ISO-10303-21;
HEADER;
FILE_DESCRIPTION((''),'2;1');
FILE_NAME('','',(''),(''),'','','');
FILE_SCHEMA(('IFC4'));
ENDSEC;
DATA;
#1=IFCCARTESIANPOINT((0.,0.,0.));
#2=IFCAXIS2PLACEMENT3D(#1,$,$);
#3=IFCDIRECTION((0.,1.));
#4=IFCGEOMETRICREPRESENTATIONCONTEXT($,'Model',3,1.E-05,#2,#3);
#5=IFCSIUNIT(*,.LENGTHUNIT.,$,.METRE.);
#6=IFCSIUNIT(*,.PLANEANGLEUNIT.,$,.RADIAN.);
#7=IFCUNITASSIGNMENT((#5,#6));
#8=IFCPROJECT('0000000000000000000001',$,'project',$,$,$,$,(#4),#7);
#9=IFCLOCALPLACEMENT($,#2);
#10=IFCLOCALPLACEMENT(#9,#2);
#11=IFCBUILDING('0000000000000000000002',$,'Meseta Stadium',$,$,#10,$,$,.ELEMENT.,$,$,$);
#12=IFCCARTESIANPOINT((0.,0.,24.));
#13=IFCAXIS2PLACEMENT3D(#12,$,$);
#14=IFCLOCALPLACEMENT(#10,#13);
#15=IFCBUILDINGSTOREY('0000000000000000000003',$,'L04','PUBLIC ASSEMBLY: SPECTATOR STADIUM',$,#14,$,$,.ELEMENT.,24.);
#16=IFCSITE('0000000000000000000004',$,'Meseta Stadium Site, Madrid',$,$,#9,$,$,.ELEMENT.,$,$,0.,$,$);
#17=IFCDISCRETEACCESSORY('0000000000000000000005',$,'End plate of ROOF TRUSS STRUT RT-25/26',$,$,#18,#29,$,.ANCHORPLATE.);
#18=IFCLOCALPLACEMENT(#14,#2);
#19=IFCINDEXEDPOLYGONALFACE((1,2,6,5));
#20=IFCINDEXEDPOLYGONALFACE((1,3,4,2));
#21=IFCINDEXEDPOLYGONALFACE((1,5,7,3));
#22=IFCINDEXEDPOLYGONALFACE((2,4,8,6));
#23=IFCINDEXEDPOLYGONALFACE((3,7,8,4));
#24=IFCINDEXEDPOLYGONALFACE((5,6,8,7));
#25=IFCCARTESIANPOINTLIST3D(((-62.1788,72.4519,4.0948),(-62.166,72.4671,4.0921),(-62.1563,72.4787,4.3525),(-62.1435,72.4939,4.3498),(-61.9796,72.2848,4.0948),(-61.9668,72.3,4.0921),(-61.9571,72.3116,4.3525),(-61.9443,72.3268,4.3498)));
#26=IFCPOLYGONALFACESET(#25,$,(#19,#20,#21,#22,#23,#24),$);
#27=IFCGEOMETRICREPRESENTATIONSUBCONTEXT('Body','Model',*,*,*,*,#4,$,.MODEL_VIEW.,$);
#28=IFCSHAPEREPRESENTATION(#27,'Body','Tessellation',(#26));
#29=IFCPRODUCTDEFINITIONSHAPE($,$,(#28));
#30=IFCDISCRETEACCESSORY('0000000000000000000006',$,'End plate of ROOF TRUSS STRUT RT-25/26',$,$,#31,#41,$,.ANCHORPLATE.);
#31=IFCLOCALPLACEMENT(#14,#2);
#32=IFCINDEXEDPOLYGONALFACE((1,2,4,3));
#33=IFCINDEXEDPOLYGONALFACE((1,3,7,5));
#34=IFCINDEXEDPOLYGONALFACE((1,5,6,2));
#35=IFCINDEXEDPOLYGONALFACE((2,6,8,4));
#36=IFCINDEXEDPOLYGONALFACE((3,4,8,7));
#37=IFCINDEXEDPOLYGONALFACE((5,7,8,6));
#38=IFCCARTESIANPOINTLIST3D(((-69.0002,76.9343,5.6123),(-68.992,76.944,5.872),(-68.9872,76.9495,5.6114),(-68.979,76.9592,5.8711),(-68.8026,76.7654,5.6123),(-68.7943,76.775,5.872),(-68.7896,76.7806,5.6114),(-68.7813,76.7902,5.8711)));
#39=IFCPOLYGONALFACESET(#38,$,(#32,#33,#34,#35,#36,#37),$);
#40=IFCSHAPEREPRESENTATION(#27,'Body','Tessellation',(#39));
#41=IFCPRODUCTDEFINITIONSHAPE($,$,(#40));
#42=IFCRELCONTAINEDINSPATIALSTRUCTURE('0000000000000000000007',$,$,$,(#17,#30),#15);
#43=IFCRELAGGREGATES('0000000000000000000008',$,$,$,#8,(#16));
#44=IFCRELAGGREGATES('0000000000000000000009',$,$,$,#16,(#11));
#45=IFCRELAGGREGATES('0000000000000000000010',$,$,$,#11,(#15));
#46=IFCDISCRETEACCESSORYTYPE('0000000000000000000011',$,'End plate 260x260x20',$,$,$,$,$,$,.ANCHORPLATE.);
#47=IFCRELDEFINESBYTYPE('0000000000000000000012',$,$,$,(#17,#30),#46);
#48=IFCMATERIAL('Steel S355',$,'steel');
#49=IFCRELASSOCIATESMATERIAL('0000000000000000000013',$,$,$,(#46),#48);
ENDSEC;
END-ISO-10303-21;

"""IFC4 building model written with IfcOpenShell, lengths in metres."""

from ifc_helpers import new_model, si_unit, direction, frame, origin, origin_2d, place, context, subcontext, project, spatial, rectangle, extrude, material, material_profile, profile_set, type_object, element, save


model = new_model("IFC4")

# Units and contexts
model_context = context("Model", 3, precision=1e-05, world=origin(), true_north=direction((0.0, 1.0)))
body_context = subcontext(model_context, "Body", "Model", "MODEL_VIEW")
ifc_project = project(units=[si_unit("LENGTHUNIT", "METRE"), si_unit("PLANEANGLEUNIT", "RADIAN")], contexts=[model_context])

# Site, building, storey
site_placement = place(None, origin())
site = spatial("IfcSite", under=ifc_project, at=site_placement, Name="Meseta Stadium Site, Madrid", CompositionType="ELEMENT", RefElevation=0.0)
building_placement = place(site_placement, origin())
building = spatial("IfcBuilding", under=site, at=building_placement, Name="Meseta Stadium", CompositionType="ELEMENT")
storey_placement = place(building_placement, frame((0.0, 0.0, 24.0)))
storey = spatial("IfcBuildingStorey", under=building, at=storey_placement, Name="L04", Description="PUBLIC ASSEMBLY: SPECTATOR STADIUM", CompositionType="ELEMENT", Elevation=24.0)

# Discrete accessories
ifc_material_1 = material(Name="Steel S355", Category="steel")
ifc_material_profile_1 = material_profile(ifc_material_1, rectangle(XDim=0.26, YDim=0.26, at=origin_2d()), Name="PL 260x260")
ifc_profile_set_1 = profile_set([ifc_material_profile_1], Name="Steel S355")
discrete_accessory_type_1 = type_object("IfcDiscreteAccessoryType", Name="End plate 260x260x20", PredefinedType="ANCHORPLATE", material=ifc_profile_set_1)
for number, where, z_axis, x_axis, name in (
    (1, (-62.0552, 72.397, 4.2209), (-0.636756, -0.759209, 0.134698), (0.766192, -0.642612, 0.0), "End plate of ROOF TRUSS STRUT RT-25/26"),
    (2, (-68.8843, 76.8699, 5.7412), (-0.649001, -0.759209, 0.048981), (0.760121, -0.649781, 0.0), "End plate of ROOF TRUSS STRUT RT-25/26"),
):
    element("IfcDiscreteAccessory", number, at=place(storey_placement, frame(where, z_axis=z_axis, x_axis=x_axis)), inside=storey, type_object=discrete_accessory_type_1, Name=name, PredefinedType="ANCHORPLATE", context=body_context, shape_type="SweptSolid", body=[
        extrude(rectangle(XDim=0.26, YDim=0.26, at=origin_2d()), origin(), (0.0, 0.0, 1.0), 0.02),
    ])

save(model, "model.ifc")
